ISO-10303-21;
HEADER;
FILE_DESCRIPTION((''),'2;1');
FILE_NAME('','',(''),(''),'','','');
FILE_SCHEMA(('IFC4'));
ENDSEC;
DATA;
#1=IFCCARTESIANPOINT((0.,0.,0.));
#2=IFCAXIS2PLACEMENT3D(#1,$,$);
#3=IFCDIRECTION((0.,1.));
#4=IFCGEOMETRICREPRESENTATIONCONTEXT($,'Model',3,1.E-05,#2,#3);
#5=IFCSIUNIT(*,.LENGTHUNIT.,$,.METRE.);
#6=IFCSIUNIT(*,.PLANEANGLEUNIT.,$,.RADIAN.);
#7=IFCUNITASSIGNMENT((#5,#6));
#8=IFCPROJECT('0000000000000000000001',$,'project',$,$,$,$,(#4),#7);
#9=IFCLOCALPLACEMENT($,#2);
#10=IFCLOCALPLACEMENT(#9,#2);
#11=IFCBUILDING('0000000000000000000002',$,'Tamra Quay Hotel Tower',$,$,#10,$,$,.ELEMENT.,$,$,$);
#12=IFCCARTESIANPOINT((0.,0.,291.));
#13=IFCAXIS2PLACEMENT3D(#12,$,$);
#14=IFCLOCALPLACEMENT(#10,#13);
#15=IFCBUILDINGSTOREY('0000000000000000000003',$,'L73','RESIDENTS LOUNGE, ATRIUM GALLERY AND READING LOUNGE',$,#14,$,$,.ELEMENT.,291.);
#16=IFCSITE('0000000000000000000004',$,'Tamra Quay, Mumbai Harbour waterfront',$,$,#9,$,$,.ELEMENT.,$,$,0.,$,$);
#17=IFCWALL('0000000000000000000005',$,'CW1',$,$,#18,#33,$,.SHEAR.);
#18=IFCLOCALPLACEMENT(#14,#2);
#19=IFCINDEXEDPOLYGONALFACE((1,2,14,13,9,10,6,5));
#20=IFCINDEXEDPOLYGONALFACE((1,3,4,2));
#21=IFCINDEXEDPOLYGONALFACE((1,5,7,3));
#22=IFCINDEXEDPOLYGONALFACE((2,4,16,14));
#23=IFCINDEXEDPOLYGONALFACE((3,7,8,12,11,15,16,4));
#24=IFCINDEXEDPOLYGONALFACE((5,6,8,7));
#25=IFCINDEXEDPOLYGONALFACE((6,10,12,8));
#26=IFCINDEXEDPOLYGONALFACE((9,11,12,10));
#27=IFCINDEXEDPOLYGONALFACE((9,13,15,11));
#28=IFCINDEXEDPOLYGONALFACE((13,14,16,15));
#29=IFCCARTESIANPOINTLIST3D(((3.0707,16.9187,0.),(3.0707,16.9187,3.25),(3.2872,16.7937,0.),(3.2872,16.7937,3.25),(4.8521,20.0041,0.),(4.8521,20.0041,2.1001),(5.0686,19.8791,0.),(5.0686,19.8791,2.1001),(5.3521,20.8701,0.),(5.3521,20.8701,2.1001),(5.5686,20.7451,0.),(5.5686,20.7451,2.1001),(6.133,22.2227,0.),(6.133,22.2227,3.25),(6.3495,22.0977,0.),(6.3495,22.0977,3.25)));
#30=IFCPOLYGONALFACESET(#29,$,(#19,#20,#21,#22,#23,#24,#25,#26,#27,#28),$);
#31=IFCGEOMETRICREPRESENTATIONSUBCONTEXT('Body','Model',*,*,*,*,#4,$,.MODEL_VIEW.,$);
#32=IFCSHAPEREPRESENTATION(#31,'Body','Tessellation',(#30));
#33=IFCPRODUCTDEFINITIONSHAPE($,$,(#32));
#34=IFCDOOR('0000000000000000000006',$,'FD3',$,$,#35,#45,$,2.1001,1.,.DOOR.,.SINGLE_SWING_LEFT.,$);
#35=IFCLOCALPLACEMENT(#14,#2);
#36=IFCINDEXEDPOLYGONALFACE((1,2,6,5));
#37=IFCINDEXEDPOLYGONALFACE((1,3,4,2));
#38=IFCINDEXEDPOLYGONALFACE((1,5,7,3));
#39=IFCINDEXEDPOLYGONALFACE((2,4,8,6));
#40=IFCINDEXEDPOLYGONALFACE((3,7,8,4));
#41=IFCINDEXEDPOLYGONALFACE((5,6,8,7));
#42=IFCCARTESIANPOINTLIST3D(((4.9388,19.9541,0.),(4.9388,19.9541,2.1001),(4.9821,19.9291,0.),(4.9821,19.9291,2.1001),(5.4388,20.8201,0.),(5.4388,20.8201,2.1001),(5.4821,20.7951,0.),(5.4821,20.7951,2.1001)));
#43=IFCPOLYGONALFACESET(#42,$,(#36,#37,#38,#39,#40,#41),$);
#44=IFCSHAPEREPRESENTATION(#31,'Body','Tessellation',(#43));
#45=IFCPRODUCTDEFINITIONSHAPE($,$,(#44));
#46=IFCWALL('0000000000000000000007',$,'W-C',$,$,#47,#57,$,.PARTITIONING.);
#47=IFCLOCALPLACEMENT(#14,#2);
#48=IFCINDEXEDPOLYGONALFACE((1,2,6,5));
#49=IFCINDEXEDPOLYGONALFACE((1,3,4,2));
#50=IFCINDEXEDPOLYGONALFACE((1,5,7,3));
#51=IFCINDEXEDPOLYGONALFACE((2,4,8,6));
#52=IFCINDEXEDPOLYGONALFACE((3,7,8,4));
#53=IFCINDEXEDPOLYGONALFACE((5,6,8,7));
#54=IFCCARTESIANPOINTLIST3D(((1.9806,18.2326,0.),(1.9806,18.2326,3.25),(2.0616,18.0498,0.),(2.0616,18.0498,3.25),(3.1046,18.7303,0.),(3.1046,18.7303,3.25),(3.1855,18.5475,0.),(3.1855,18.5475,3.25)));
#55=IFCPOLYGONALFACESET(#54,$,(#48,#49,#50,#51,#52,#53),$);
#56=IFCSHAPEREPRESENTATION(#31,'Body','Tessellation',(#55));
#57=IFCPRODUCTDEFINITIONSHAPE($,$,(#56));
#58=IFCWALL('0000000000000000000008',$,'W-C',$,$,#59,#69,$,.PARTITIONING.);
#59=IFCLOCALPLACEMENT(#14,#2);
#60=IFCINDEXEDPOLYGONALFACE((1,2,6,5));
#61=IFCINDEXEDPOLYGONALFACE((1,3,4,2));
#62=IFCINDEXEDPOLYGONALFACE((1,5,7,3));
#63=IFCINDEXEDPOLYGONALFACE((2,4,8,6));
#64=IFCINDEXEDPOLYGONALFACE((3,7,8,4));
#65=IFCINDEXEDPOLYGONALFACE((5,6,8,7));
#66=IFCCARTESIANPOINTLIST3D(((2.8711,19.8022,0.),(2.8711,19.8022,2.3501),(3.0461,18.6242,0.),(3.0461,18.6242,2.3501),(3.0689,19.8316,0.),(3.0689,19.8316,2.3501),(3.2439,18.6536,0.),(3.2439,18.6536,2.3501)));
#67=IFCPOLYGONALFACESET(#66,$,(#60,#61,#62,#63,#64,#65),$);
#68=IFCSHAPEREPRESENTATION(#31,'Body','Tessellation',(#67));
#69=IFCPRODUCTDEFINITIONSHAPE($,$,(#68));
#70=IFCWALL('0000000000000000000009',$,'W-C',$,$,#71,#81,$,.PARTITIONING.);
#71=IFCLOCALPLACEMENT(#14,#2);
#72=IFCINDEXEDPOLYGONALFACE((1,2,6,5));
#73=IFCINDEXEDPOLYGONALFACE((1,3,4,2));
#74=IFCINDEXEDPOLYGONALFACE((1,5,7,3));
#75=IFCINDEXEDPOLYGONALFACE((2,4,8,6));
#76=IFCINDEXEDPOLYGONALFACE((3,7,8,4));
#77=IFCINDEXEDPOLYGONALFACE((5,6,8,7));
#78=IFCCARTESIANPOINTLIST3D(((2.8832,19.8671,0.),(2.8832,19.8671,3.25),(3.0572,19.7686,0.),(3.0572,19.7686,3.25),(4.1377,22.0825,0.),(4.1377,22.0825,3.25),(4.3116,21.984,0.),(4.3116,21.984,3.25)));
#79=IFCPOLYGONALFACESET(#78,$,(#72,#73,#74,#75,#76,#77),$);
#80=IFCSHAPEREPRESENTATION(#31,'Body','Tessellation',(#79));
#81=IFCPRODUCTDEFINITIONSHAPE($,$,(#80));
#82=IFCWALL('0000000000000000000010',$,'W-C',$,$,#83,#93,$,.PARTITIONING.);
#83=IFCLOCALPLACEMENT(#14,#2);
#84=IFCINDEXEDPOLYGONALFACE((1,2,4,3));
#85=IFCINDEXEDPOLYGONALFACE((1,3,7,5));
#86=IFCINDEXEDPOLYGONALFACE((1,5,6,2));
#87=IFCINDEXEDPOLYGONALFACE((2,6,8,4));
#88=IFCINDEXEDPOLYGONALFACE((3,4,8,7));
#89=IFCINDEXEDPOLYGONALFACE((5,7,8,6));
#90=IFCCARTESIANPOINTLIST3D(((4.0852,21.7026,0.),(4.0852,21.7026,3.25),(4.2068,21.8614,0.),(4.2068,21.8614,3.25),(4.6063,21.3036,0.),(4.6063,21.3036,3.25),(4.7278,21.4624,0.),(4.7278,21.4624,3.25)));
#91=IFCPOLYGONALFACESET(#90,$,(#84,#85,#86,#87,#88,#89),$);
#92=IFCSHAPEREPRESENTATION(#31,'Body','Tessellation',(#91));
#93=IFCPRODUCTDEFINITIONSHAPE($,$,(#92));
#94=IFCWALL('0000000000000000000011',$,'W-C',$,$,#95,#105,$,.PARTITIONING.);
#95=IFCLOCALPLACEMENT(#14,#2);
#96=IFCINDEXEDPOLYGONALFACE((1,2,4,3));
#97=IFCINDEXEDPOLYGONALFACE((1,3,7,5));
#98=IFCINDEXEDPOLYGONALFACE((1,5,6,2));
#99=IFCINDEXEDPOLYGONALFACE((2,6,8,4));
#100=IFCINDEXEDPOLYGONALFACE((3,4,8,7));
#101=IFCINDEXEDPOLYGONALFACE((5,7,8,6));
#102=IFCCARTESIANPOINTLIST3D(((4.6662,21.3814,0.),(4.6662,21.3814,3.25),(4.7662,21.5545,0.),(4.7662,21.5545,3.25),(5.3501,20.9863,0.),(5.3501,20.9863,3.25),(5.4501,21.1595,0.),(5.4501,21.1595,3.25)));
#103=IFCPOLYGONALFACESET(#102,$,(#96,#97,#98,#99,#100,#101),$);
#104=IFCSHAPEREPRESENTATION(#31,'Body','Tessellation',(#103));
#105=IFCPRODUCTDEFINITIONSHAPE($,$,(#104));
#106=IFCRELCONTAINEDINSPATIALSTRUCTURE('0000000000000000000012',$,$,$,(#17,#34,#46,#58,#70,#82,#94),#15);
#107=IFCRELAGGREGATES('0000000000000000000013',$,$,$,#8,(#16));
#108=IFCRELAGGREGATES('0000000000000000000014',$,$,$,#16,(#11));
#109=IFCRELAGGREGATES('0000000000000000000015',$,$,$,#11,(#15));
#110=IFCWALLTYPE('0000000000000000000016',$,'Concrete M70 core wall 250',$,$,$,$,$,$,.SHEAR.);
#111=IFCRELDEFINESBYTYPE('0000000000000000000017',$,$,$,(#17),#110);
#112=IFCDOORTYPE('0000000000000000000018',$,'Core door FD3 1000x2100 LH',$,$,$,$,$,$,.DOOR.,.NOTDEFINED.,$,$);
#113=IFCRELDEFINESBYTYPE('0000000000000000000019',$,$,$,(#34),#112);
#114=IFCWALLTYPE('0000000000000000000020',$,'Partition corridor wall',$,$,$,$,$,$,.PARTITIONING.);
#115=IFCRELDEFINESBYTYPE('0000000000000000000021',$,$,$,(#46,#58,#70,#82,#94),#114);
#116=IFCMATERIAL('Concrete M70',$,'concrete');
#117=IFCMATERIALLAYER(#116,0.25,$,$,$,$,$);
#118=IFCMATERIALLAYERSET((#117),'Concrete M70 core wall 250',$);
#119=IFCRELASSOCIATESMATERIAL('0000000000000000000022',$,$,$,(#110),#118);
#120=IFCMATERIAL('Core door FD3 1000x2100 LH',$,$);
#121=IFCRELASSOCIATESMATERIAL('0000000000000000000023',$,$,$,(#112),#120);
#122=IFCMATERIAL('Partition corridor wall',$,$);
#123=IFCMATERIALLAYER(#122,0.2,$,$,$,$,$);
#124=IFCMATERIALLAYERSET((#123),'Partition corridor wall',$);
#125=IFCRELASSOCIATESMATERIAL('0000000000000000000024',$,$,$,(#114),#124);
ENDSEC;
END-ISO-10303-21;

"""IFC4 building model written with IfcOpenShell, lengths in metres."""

from ifc_helpers import new_model, si_unit, direction, frame, frame_2d, origin, place, context, subcontext, project, spatial, rectangle, extrude, material, layer, layer_set, type_object, element, fill, save


model = new_model("IFC4")

# Units and contexts
model_context = context("Model", 3, precision=1e-05, world=origin(), true_north=direction((0.0, 1.0)))
body_context = subcontext(model_context, "Body", "Model", "MODEL_VIEW")
ifc_project = project(units=[si_unit("LENGTHUNIT", "METRE"), si_unit("PLANEANGLEUNIT", "RADIAN")], contexts=[model_context])

# Site, building, storey
site_placement = place(None, origin())
site = spatial("IfcSite", under=ifc_project, at=site_placement, Name="Tamra Quay, Mumbai Harbour waterfront", CompositionType="ELEMENT", RefElevation=0.0)
building_placement = place(site_placement, origin())
building = spatial("IfcBuilding", under=site, at=building_placement, Name="Tamra Quay Hotel Tower", CompositionType="ELEMENT")
storey_placement = place(building_placement, frame((0.0, 0.0, 291.0)))
storey = spatial("IfcBuildingStorey", under=building, at=storey_placement, Name="L73", Description="RESIDENTS LOUNGE, ATRIUM GALLERY AND READING LOUNGE", CompositionType="ELEMENT", Elevation=291.0)

# Shared definitions
ifc_material_1 = material(Name="Concrete M70", Category="concrete")

# Shared definitions
ifc_layer_1 = layer(ifc_material_1, 0.25)
ifc_layer_set_1 = layer_set([ifc_layer_1], Name="Concrete M70 core wall 250")
wall_type_1 = type_object("IfcWallType", Name="Concrete M70 core wall 250", PredefinedType="SHEAR", material=ifc_layer_set_1)

# Wall, opening, door
wall_1_placement = place(storey_placement, frame((3.179, 16.8562, 0.0), z_axis=(0.0, 0.0, 1.0), x_axis=(0.500002, 0.866024, 0.0)))
wall_1 = element("IfcWall", 1, at=wall_1_placement, inside=storey, type_object=wall_type_1, Name="CW1", PredefinedType="SHEAR", context=body_context, shape_type="SweptSolid", body=[
    extrude(rectangle(XDim=6.1245, YDim=0.25, at=frame_2d((3.0623, 0.0))), origin(), (0.0, 0.0, 1.0), 3.25),
])
opening_1_placement = place(wall_1_placement, frame((3.5627, 0.0, 0.0)))
opening_1 = element("IfcOpeningElement", 2, at=opening_1_placement, cuts=wall_1, PredefinedType="OPENING", context=body_context, shape_type="SweptSolid", body=[
    extrude(rectangle(XDim=1.0, YDim=2.1001, at=frame_2d((0.5, 1.05))), frame((0.0, 0.135, 0.0), z_axis=(0.0, -1.0, 0.0), x_axis=(1.0, 0.0, 0.0)), (0.0, 0.0, 1.0), 0.27),
])
ifc_material_2 = material(Name="Core door FD3 1000x2100 LH")
door_type_1 = type_object("IfcDoorType", Name="Core door FD3 1000x2100 LH", OperationType="NOTDEFINED", PredefinedType="DOOR", material=ifc_material_2)
door_1_placement = place(opening_1_placement, origin())
door_1 = element("IfcDoor", 3, at=door_1_placement, inside=storey, type_object=door_type_1, Name="FD3", OperationType="SINGLE_SWING_LEFT", OverallHeight=2.1001, OverallWidth=1.0, PredefinedType="DOOR", context=body_context, shape_type="SweptSolid", body=[
    extrude(rectangle(XDim=1.0, YDim=2.1001, at=frame_2d((0.5, 1.05))), frame((0.0, 0.0249, 0.0), z_axis=(0.0, -1.0, 0.0), x_axis=(1.0, 0.0, 0.0)), (0.0, 0.0, 1.0), 0.05),
])
fill(opening_1, door_1)

# Walls
ifc_material_3 = material(Name="Partition corridor wall")
ifc_layer_2 = layer(ifc_material_3, 0.2)
ifc_layer_set_2 = layer_set([ifc_layer_2], Name="Partition corridor wall")
wall_type_2 = type_object("IfcWallType", Name="Partition corridor wall", PredefinedType="PARTITIONING", material=ifc_layer_set_2)
wall_2_placement = place(storey_placement, frame((2.021, 18.1411, 0.0), z_axis=(0.0, 0.0, 1.0), x_axis=(0.914343, 0.40494, 0.0)))
element("IfcWall", 4, at=wall_2_placement, inside=storey, type_object=wall_type_2, Name="W-C", PredefinedType="PARTITIONING", context=body_context, shape_type="SweptSolid", body=[
    extrude(rectangle(XDim=1.2292, YDim=0.2, at=frame_2d((0.6147, 0.0))), origin(), (0.0, 0.0, 1.0), 3.25),
])
wall_3_placement = place(storey_placement, frame((2.97, 19.8169, 0.0), z_axis=(0.0, 0.0, 1.0), x_axis=(0.146987, -0.989138, 0.0)))
element("IfcWall", 5, at=wall_3_placement, inside=storey, type_object=wall_type_2, Name="W-C", PredefinedType="PARTITIONING", context=body_context, shape_type="SweptSolid", body=[
    extrude(rectangle(XDim=1.1909, YDim=0.2, at=frame_2d((0.5955, 0.0))), origin(), (0.0, 0.0, 1.0), 2.3501),
])
wall_4_placement = place(storey_placement, frame((2.9702, 19.8179, 0.0), z_axis=(0.0, 0.0, 1.0), x_axis=(0.492727, 0.870184, 0.0)))
element("IfcWall", 6, at=wall_4_placement, inside=storey, type_object=wall_type_2, Name="W-C", PredefinedType="PARTITIONING", context=body_context, shape_type="SweptSolid", body=[
    extrude(rectangle(XDim=2.5459, YDim=0.2, at=frame_2d((1.2729, 0.0))), origin(), (0.0, 0.0, 1.0), 3.25),
])
wall_5_placement = place(storey_placement, frame((4.146, 21.782, 0.0), z_axis=(0.0, 0.0, 1.0), x_axis=(0.793977, -0.607947, 0.0)))
element("IfcWall", 7, at=wall_5_placement, inside=storey, type_object=wall_type_2, Name="W-C", PredefinedType="PARTITIONING", context=body_context, shape_type="SweptSolid", body=[
    extrude(rectangle(XDim=0.6562, YDim=0.2, at=frame_2d((0.3281, 0.0))), origin(), (0.0, 0.0, 1.0), 3.25),
])
wall_6_placement = place(storey_placement, frame((4.7161, 21.468, 0.0), z_axis=(0.0, 0.0, 1.0), x_axis=(0.865913, -0.500195, 0.0)))
element("IfcWall", 8, at=wall_6_placement, inside=storey, type_object=wall_type_2, Name="W-C", PredefinedType="PARTITIONING", context=body_context, shape_type="SweptSolid", body=[
    extrude(rectangle(XDim=0.7898, YDim=0.2, at=frame_2d((0.395, 0.0))), origin(), (0.0, 0.0, 1.0), 3.25),
])

save(model, "model.ifc")
